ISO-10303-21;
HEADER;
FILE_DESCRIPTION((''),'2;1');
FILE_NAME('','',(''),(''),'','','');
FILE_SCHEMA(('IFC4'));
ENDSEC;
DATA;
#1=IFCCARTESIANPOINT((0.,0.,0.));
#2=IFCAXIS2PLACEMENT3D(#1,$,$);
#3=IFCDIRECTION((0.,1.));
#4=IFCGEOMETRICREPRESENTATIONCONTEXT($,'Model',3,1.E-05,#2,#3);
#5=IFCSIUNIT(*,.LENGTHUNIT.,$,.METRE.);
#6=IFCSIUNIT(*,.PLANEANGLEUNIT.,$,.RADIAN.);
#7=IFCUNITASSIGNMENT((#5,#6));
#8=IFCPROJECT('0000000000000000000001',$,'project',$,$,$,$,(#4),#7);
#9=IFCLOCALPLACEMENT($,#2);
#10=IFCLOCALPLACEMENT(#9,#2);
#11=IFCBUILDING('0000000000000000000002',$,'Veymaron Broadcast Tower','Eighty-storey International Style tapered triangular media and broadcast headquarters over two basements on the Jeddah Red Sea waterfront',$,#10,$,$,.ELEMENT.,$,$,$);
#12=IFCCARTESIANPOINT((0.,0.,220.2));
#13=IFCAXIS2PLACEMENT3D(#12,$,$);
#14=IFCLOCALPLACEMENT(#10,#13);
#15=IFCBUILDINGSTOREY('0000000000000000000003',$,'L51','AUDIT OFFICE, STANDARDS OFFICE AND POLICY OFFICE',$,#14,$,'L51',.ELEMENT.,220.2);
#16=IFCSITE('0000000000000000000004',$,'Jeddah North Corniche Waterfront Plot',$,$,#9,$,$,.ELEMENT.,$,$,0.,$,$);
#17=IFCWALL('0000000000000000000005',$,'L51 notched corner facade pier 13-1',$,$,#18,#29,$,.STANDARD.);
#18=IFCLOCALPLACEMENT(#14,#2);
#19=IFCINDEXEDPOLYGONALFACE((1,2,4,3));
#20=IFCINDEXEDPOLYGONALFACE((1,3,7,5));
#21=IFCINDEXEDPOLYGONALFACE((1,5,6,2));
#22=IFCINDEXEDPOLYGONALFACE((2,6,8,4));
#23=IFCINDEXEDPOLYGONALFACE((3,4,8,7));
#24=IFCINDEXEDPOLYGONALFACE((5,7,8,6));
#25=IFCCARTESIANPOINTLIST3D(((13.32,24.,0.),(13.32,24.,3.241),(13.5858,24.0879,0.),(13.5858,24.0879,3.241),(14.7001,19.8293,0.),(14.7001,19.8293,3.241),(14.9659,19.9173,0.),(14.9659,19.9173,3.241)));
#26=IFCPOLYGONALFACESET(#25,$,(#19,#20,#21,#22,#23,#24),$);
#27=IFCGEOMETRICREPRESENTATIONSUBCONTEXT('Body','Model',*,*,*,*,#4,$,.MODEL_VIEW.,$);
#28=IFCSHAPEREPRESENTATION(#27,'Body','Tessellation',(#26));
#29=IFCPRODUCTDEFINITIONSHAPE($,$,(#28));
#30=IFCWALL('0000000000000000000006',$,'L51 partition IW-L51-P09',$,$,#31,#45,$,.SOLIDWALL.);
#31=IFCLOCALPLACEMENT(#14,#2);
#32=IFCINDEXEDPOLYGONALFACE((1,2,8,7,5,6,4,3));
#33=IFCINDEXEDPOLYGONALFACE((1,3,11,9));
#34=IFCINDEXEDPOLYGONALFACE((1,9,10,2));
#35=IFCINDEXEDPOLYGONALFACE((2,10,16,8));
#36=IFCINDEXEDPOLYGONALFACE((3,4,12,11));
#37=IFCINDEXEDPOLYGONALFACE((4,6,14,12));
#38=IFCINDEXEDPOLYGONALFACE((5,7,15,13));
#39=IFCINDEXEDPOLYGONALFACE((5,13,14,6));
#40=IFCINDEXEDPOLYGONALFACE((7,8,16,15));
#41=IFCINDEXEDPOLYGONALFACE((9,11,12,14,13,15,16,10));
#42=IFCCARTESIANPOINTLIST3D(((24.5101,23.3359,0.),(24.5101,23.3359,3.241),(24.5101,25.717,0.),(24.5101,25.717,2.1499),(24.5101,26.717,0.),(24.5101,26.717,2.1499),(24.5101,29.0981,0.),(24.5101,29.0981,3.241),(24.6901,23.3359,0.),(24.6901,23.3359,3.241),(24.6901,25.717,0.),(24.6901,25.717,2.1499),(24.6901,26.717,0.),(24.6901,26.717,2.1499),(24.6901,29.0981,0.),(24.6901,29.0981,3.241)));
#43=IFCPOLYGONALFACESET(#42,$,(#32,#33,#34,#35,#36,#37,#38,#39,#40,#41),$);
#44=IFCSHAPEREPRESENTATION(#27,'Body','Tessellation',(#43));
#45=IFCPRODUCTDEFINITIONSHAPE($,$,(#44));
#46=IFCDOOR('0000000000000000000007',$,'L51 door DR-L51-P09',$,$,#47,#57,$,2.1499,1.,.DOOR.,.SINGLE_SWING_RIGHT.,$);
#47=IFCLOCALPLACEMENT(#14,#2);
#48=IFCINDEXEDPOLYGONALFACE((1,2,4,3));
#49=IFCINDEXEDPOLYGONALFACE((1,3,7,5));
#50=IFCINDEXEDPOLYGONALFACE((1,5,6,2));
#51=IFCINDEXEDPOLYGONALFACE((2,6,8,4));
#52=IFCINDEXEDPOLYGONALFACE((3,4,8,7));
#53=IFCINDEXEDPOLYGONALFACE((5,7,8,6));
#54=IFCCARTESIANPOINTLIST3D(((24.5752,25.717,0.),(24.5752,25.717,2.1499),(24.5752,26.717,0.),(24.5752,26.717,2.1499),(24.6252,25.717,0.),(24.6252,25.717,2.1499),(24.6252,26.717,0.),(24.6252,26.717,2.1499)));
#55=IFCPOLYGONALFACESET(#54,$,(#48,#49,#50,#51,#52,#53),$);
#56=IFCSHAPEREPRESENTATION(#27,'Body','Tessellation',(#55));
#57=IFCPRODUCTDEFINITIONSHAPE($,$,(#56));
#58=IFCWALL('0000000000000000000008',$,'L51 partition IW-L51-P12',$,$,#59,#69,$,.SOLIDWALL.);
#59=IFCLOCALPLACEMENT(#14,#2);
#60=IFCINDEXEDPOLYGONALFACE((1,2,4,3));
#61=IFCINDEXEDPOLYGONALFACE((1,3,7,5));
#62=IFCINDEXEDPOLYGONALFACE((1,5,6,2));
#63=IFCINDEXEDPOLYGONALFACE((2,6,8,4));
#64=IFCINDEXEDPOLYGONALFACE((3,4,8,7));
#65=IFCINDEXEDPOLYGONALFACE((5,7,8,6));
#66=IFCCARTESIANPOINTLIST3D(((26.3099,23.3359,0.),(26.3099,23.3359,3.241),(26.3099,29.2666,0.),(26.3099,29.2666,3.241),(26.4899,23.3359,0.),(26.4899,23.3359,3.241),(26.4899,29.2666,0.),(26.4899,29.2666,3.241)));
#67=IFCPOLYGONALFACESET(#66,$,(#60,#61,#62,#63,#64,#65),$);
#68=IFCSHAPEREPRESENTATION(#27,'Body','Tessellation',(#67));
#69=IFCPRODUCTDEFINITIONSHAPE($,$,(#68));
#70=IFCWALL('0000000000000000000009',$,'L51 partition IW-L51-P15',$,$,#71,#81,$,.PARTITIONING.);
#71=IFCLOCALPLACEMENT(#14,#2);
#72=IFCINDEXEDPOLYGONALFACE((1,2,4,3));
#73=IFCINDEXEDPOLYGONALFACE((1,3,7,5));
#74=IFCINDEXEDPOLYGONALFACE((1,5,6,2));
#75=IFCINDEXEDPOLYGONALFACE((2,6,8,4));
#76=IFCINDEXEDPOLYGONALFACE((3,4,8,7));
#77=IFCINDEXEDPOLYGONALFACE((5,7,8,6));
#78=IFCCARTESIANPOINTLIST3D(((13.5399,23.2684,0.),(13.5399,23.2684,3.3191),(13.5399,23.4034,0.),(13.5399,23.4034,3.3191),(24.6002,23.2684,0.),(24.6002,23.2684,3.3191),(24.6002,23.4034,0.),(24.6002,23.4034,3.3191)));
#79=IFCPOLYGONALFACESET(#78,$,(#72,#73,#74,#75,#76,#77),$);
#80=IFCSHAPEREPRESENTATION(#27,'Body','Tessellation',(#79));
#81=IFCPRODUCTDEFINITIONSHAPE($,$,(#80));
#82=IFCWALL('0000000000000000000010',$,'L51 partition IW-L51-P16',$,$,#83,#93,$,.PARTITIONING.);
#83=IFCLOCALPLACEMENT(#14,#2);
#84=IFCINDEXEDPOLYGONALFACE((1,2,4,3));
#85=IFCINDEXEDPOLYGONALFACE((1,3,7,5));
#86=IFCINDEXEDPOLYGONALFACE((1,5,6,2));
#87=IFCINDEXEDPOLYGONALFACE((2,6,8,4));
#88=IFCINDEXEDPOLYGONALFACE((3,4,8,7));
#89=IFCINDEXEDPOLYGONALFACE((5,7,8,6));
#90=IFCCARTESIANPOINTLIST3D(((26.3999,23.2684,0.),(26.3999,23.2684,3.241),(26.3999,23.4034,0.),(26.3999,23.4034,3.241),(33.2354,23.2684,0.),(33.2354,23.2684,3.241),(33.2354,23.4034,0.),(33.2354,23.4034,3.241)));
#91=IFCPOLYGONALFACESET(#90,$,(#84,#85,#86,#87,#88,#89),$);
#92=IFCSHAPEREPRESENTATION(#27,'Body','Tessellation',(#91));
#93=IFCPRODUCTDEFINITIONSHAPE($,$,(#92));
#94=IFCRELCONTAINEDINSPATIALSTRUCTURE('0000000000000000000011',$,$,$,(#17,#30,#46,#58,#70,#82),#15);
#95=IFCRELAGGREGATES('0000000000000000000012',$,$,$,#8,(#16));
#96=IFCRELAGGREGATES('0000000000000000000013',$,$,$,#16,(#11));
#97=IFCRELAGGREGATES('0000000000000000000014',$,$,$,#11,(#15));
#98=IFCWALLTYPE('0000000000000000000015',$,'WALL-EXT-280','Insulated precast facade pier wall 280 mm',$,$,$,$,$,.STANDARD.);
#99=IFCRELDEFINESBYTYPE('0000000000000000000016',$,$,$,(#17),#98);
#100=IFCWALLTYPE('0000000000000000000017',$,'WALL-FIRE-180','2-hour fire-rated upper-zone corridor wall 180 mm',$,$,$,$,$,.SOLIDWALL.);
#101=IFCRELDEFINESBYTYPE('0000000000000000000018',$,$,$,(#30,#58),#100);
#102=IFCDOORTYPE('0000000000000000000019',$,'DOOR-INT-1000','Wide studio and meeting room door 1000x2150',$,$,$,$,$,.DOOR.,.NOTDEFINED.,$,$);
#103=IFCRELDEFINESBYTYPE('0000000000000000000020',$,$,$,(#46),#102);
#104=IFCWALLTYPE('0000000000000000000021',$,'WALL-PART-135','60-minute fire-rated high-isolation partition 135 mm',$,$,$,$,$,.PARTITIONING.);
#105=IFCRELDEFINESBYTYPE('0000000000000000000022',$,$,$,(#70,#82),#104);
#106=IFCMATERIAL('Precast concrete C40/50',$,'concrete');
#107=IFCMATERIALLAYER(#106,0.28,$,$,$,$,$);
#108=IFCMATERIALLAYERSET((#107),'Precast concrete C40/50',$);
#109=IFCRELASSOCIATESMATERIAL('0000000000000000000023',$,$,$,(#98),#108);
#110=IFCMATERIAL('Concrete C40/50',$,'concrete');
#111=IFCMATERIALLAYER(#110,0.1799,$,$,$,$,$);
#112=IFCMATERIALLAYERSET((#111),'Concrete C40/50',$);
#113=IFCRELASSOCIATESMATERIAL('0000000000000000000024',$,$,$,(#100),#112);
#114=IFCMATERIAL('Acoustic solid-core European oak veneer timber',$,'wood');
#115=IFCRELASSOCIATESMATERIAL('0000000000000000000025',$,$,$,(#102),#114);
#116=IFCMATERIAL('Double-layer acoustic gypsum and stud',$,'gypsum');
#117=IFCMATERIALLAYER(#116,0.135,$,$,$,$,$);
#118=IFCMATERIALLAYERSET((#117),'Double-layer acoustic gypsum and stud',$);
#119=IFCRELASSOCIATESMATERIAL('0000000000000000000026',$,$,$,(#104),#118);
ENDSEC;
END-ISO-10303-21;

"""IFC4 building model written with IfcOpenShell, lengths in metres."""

from ifc_helpers import new_model, si_unit, direction, frame, frame_2d, origin, place, context, subcontext, project, spatial, rectangle, extrude, material, layer, layer_set, type_object, element, fill, save


model = new_model("IFC4")

# Units and contexts
model_context = context("Model", 3, precision=1e-05, world=origin(), true_north=direction((0.0, 1.0)))
body_context = subcontext(model_context, "Body", "Model", "MODEL_VIEW")
ifc_project = project(units=[si_unit("LENGTHUNIT", "METRE"), si_unit("PLANEANGLEUNIT", "RADIAN")], contexts=[model_context])

# Site, building, storey
site_placement = place(None, origin())
site = spatial("IfcSite", under=ifc_project, at=site_placement, Name="Jeddah North Corniche Waterfront Plot", CompositionType="ELEMENT", RefElevation=0.0)
building_placement = place(site_placement, origin())
building = spatial("IfcBuilding", under=site, at=building_placement, Name="Veymaron Broadcast Tower", Description="Eighty-storey International Style tapered triangular media and broadcast headquarters over two basements on the Jeddah Red Sea waterfront", CompositionType="ELEMENT")
storey_placement = place(building_placement, frame((0.0, 0.0, 220.2)))
storey = spatial("IfcBuildingStorey", under=building, at=storey_placement, Name="L51", Description="AUDIT OFFICE, STANDARDS OFFICE AND POLICY OFFICE", LongName="L51", CompositionType="ELEMENT", Elevation=220.2)

# Wall
ifc_material_1 = material(Name="Precast concrete C40/50", Category="concrete")
ifc_layer_1 = layer(ifc_material_1, 0.28)
ifc_layer_set_1 = layer_set([ifc_layer_1], Name="Precast concrete C40/50")
wall_type_1 = type_object("IfcWallType", Name="WALL-EXT-280", Description="Insulated precast facade pier wall 280 mm", PredefinedType="STANDARD", material=ifc_layer_set_1)
for number, where, z_axis, x_axis, name in (
    (1, (13.4529, 24.0439, 0.0), (0.0, 0.0, 1.0), (0.31416, -0.94937, 0.0), "L51 notched corner facade pier 13-1"),
):
    element("IfcWall", number, at=place(storey_placement, frame(where, z_axis=z_axis, x_axis=x_axis)), inside=storey, type_object=wall_type_1, Name=name, PredefinedType="STANDARD", context=body_context, shape_type="SweptSolid", body=[
        extrude(rectangle(XDim=4.3931, YDim=0.28, at=frame_2d((2.1965, 0.0))), origin(), (0.0, 0.0, 1.0), 3.241),
    ])

# Wall, opening, door
ifc_material_2 = material(Name="Concrete C40/50", Category="concrete")
ifc_layer_2 = layer(ifc_material_2, 0.1799)
ifc_layer_set_2 = layer_set([ifc_layer_2], Name="Concrete C40/50")
wall_type_2 = type_object("IfcWallType", Name="WALL-FIRE-180", Description="2-hour fire-rated upper-zone corridor wall 180 mm", PredefinedType="SOLIDWALL", material=ifc_layer_set_2)
wall_1_placement = place(storey_placement, frame((24.6001, 23.3359, 0.0), z_axis=(0.0, 0.0, 1.0), x_axis=(0.0, 1.0, 0.0)))
wall_1 = element("IfcWall", 2, at=wall_1_placement, inside=storey, type_object=wall_type_2, Name="L51 partition IW-L51-P09", PredefinedType="SOLIDWALL", context=body_context, shape_type="SweptSolid", body=[
    extrude(rectangle(XDim=5.7622, YDim=0.1799, at=frame_2d((2.8811, 0.0))), origin(), (0.0, 0.0, 1.0), 3.241),
])
opening_placement = place(wall_1_placement, frame((2.3811, 0.0, 0.0)))
opening = element("IfcOpeningElement", 3, at=opening_placement, cuts=wall_1, PredefinedType="OPENING", context=body_context, shape_type="SweptSolid", body=[
    extrude(rectangle(XDim=1.0, YDim=2.1499, at=frame_2d((0.5, 1.075))), frame((0.0, 0.1001, 0.0), z_axis=(0.0, -1.0, 0.0), x_axis=(1.0, 0.0, 0.0)), (0.0, 0.0, 1.0), 0.2),
])
ifc_material_3 = material(Name="Acoustic solid-core European oak veneer timber", Category="wood")
door_type = type_object("IfcDoorType", Name="DOOR-INT-1000", Description="Wide studio and meeting room door 1000x2150", OperationType="NOTDEFINED", PredefinedType="DOOR", material=ifc_material_3)
door_placement = place(opening_placement, origin())
door = element("IfcDoor", 4, at=door_placement, inside=storey, type_object=door_type, Name="L51 door DR-L51-P09", OperationType="SINGLE_SWING_RIGHT", OverallHeight=2.1499, OverallWidth=1.0, PredefinedType="DOOR", context=body_context, shape_type="SweptSolid", body=[
    extrude(rectangle(XDim=1.0, YDim=2.1499, at=frame_2d((0.5, 1.075))), frame((0.0, 0.0249, 0.0), z_axis=(0.0, -1.0, 0.0), x_axis=(1.0, 0.0, 0.0)), (0.0, 0.0, 1.0), 0.05),
])
fill(opening, door)

# Walls
wall_2_placement = place(storey_placement, frame((26.3999, 23.3359, 0.0), z_axis=(0.0, 0.0, 1.0), x_axis=(0.0, 1.0, 0.0)))
element("IfcWall", 5, at=wall_2_placement, inside=storey, type_object=wall_type_2, Name="L51 partition IW-L51-P12", PredefinedType="SOLIDWALL", context=body_context, shape_type="SweptSolid", body=[
    extrude(rectangle(XDim=5.9307, YDim=0.1799, at=frame_2d((2.9653, 0.0))), origin(), (0.0, 0.0, 1.0), 3.241),
])
ifc_material_4 = material(Name="Double-layer acoustic gypsum and stud", Category="gypsum")
ifc_layer_3 = layer(ifc_material_4, 0.135)
ifc_layer_set_3 = layer_set([ifc_layer_3], Name="Double-layer acoustic gypsum and stud")
wall_type_3 = type_object("IfcWallType", Name="WALL-PART-135", Description="60-minute fire-rated high-isolation partition 135 mm", PredefinedType="PARTITIONING", material=ifc_layer_set_3)
wall_3_placement = place(storey_placement, frame((13.5398, 23.3359, 0.0), z_axis=(0.0, 0.0, 1.0), x_axis=(1.0, 0.0, 0.0)))
element("IfcWall", 6, at=wall_3_placement, inside=storey, type_object=wall_type_3, Name="L51 partition IW-L51-P15", PredefinedType="PARTITIONING", context=body_context, shape_type="SweptSolid", body=[
    extrude(rectangle(XDim=11.0603, YDim=0.135, at=frame_2d((5.5303, 0.0))), origin(), (0.0, 0.0, 1.0), 3.3191),
])
wall_4_placement = place(storey_placement, frame((26.3999, 23.3359, 0.0), z_axis=(0.0, 0.0, 1.0), x_axis=(1.0, 0.0, 0.0)))
element("IfcWall", 7, at=wall_4_placement, inside=storey, type_object=wall_type_3, Name="L51 partition IW-L51-P16", PredefinedType="PARTITIONING", context=body_context, shape_type="SweptSolid", body=[
    extrude(rectangle(XDim=6.8354, YDim=0.135, at=frame_2d((3.4177, 0.0))), origin(), (0.0, 0.0, 1.0), 3.241),
])

save(model, "model.ifc")
